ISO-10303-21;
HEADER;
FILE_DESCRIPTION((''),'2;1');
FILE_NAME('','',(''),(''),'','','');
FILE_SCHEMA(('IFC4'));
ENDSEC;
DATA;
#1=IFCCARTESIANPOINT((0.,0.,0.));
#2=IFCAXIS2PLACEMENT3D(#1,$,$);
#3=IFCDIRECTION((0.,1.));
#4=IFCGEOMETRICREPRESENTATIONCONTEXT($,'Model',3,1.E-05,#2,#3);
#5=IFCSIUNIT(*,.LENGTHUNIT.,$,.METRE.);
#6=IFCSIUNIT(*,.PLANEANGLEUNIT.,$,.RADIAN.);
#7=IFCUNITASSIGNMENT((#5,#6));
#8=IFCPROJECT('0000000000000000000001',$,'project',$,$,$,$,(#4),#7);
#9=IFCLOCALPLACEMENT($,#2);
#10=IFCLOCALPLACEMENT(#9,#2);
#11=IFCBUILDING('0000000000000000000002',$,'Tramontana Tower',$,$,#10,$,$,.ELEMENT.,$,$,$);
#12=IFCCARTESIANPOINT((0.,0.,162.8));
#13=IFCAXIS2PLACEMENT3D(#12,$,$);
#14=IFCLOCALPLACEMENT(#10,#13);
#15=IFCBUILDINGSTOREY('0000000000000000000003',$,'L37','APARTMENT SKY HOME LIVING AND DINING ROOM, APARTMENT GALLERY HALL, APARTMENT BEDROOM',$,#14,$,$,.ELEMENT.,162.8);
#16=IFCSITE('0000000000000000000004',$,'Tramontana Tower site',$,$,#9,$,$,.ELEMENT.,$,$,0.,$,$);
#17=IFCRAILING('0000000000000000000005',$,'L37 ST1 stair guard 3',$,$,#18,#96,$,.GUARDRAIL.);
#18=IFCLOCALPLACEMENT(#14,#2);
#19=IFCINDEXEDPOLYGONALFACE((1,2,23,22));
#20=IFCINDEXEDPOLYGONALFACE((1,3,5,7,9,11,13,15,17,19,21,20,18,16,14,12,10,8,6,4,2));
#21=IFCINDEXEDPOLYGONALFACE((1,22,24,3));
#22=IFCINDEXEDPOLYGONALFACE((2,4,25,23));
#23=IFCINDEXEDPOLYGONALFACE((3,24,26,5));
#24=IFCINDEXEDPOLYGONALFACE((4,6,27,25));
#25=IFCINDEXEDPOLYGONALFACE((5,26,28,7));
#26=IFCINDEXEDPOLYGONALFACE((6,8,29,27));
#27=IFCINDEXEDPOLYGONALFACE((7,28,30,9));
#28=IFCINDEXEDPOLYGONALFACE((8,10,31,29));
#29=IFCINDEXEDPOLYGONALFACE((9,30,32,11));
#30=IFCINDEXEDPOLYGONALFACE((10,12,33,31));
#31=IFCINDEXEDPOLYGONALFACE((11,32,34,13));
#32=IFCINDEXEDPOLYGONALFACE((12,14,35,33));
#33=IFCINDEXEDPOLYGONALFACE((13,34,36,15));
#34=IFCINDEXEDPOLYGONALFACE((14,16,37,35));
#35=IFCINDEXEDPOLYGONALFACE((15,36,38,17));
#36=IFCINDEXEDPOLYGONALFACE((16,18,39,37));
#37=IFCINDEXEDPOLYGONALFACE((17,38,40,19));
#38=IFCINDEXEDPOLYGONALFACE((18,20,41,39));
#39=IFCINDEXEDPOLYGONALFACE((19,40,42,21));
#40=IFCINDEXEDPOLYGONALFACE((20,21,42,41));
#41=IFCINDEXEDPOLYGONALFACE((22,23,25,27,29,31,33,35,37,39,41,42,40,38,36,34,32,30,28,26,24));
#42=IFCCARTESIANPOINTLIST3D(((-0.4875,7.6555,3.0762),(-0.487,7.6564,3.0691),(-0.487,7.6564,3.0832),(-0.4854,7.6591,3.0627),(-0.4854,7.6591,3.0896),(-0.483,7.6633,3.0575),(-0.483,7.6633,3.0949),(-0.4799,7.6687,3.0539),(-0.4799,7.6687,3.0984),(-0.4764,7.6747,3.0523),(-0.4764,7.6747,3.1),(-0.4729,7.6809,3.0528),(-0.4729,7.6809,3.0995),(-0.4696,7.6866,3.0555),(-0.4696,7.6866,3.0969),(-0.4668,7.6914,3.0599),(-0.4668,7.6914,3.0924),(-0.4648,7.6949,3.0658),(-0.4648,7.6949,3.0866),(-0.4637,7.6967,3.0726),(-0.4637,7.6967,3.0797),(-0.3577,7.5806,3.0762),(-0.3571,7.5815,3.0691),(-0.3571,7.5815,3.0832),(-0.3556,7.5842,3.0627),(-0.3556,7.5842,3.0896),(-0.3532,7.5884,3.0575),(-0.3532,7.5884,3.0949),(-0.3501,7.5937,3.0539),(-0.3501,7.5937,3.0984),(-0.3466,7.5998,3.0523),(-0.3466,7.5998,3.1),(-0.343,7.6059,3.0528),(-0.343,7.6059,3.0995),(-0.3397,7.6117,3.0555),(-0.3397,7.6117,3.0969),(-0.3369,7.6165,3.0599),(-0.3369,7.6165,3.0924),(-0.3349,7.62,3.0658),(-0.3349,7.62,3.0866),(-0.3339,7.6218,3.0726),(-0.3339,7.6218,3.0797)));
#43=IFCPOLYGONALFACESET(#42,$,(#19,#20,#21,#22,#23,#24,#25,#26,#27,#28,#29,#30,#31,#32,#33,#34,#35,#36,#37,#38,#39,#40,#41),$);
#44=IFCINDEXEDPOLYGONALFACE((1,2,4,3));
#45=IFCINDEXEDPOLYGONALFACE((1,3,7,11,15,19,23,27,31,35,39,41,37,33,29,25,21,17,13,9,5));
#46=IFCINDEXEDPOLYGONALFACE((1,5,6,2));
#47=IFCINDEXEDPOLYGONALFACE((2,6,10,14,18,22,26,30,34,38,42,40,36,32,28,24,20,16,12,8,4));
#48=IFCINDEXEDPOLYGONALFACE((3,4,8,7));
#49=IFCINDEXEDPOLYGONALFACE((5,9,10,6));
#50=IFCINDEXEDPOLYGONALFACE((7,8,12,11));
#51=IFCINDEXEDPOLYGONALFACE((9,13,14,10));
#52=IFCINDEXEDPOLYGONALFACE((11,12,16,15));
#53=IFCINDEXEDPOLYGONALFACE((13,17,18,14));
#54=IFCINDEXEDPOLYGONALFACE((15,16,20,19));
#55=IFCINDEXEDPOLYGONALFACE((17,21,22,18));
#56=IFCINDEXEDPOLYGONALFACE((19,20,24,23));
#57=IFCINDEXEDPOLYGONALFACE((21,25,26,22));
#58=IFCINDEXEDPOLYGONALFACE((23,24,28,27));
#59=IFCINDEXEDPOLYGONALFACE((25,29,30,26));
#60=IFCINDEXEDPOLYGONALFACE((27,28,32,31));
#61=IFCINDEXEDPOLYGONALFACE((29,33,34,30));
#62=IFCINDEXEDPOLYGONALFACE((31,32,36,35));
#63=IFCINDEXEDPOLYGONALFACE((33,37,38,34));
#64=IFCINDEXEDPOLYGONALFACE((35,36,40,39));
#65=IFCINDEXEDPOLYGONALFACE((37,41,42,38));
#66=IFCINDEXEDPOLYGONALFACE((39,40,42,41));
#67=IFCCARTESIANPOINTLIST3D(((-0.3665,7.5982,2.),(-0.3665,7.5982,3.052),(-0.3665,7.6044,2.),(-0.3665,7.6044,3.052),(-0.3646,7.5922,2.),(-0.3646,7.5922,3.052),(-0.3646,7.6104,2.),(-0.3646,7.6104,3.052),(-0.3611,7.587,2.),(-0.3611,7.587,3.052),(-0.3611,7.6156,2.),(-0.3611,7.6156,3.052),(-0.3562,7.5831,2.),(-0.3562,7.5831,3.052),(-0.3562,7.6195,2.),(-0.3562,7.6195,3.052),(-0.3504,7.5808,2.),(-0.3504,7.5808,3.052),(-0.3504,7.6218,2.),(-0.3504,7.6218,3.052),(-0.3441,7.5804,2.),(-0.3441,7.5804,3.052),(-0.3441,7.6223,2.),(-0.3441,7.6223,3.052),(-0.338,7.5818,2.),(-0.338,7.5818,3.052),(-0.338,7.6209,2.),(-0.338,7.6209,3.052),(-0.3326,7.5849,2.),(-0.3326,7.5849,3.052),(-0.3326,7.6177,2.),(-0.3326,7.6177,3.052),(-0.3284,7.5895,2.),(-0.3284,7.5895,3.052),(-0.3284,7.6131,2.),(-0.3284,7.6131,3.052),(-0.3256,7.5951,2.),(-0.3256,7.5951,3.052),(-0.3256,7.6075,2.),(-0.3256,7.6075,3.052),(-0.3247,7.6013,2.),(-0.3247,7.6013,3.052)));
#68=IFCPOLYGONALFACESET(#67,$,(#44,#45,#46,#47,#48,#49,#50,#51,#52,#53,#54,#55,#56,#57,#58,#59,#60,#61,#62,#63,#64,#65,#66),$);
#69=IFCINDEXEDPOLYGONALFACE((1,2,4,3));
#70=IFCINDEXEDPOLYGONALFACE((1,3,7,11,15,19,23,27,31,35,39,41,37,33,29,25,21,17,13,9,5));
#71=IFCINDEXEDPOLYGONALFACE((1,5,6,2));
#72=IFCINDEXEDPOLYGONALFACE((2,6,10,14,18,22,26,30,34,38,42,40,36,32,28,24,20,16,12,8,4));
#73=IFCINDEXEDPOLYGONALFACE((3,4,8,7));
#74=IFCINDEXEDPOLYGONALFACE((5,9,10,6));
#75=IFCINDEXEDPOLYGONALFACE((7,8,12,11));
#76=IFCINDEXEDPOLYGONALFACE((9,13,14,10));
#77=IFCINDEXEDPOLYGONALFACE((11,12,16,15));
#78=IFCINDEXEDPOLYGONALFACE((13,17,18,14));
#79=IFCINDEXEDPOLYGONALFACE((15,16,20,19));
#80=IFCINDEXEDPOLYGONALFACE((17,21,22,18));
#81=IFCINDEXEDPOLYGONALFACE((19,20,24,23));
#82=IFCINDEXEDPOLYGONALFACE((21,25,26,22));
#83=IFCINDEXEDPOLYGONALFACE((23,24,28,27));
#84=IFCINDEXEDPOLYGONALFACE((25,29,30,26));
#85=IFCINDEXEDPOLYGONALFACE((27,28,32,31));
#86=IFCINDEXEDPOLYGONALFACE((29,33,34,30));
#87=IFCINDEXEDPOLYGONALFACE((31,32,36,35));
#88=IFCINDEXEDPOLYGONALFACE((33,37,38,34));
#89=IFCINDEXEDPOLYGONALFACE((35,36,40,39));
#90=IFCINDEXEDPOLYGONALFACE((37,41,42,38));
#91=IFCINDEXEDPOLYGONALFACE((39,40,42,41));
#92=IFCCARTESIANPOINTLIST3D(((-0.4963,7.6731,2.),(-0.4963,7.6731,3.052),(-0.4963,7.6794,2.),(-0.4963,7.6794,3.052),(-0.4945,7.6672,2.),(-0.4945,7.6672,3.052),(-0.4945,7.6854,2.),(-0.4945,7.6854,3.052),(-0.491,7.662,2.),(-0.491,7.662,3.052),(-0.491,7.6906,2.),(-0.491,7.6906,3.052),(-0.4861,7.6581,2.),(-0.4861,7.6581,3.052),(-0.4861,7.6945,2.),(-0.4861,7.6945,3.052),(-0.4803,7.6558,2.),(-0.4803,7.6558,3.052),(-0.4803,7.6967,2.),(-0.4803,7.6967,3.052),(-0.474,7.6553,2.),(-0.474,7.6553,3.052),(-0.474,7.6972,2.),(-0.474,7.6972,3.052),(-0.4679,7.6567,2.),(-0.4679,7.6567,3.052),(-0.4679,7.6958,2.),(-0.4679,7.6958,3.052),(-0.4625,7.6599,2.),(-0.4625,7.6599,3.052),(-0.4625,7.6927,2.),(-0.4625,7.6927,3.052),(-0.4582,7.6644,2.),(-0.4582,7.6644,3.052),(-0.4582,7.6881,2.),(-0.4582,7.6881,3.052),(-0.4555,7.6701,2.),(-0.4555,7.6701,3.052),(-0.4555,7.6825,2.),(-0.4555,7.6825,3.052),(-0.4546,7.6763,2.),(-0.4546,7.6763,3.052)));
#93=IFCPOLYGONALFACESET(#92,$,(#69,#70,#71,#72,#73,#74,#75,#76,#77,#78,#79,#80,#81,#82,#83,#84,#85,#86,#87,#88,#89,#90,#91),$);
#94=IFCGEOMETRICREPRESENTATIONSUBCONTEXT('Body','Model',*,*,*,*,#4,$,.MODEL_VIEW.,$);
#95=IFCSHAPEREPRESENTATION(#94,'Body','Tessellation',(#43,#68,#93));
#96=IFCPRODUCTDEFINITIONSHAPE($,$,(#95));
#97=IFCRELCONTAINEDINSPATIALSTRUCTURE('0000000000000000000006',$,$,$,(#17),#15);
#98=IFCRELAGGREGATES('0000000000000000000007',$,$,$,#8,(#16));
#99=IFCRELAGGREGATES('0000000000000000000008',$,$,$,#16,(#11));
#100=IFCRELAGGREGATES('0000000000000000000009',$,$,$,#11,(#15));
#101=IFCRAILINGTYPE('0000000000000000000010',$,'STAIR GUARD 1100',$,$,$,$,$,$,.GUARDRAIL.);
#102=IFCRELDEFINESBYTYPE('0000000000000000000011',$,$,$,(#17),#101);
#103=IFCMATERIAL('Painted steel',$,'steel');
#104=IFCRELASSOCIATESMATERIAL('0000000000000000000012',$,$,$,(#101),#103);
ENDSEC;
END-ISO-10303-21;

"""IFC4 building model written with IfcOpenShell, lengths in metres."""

from ifc_helpers import new_model, si_unit, direction, frame, origin, origin_2d, place, context, subcontext, project, spatial, circle, extrude, material, type_object, element, save


model = new_model("IFC4")

# Units and contexts
model_context = context("Model", 3, precision=1e-05, world=origin(), true_north=direction((0.0, 1.0)))
body_context = subcontext(model_context, "Body", "Model", "MODEL_VIEW")
ifc_project = project(units=[si_unit("LENGTHUNIT", "METRE"), si_unit("PLANEANGLEUNIT", "RADIAN")], contexts=[model_context])

# Site, building, storey
site_placement = place(None, origin())
site = spatial("IfcSite", under=ifc_project, at=site_placement, Name="Tramontana Tower site", CompositionType="ELEMENT", RefElevation=0.0)
building_placement = place(site_placement, origin())
building = spatial("IfcBuilding", under=site, at=building_placement, Name="Tramontana Tower", CompositionType="ELEMENT")
storey_placement = place(building_placement, frame((0.0, 0.0, 162.8)))
storey = spatial("IfcBuildingStorey", under=building, at=storey_placement, Name="L37", Description="APARTMENT SKY HOME LIVING AND DINING ROOM, APARTMENT GALLERY HALL, APARTMENT BEDROOM", CompositionType="ELEMENT", Elevation=162.8)

# Railing
ifc_material_1 = material(Name="Painted steel", Category="steel")
railing_type = type_object("IfcRailingType", Name="STAIR GUARD 1100", PredefinedType="GUARDRAIL", material=ifc_material_1)
railing_1_placement = place(storey_placement, frame((-0.3457, 7.6013, 2.0)))
element("IfcRailing", 1, at=railing_1_placement, inside=storey, type_object=railing_type, Name="L37 ST1 stair guard 3", PredefinedType="GUARDRAIL", context=body_context, shape_type="SweptSolid", body=[
    extrude(circle(Radius=0.0239, at=origin_2d()), frame((0.0, 0.0, 1.0762), z_axis=(-0.866131, 0.499816, 0.0), x_axis=(-0.499816, -0.866131, 0.0)), (0.0, 0.0, 1.0), 0.1499),
    extrude(circle(Radius=0.021, at=origin_2d()), origin(), (0.0, 0.0, 1.0), 1.052),
    extrude(circle(Radius=0.021, at=origin_2d()), frame((-0.1299, 0.075, 0.0)), (0.0, 0.0, 1.0), 1.052),
])

save(model, "model.ifc")
